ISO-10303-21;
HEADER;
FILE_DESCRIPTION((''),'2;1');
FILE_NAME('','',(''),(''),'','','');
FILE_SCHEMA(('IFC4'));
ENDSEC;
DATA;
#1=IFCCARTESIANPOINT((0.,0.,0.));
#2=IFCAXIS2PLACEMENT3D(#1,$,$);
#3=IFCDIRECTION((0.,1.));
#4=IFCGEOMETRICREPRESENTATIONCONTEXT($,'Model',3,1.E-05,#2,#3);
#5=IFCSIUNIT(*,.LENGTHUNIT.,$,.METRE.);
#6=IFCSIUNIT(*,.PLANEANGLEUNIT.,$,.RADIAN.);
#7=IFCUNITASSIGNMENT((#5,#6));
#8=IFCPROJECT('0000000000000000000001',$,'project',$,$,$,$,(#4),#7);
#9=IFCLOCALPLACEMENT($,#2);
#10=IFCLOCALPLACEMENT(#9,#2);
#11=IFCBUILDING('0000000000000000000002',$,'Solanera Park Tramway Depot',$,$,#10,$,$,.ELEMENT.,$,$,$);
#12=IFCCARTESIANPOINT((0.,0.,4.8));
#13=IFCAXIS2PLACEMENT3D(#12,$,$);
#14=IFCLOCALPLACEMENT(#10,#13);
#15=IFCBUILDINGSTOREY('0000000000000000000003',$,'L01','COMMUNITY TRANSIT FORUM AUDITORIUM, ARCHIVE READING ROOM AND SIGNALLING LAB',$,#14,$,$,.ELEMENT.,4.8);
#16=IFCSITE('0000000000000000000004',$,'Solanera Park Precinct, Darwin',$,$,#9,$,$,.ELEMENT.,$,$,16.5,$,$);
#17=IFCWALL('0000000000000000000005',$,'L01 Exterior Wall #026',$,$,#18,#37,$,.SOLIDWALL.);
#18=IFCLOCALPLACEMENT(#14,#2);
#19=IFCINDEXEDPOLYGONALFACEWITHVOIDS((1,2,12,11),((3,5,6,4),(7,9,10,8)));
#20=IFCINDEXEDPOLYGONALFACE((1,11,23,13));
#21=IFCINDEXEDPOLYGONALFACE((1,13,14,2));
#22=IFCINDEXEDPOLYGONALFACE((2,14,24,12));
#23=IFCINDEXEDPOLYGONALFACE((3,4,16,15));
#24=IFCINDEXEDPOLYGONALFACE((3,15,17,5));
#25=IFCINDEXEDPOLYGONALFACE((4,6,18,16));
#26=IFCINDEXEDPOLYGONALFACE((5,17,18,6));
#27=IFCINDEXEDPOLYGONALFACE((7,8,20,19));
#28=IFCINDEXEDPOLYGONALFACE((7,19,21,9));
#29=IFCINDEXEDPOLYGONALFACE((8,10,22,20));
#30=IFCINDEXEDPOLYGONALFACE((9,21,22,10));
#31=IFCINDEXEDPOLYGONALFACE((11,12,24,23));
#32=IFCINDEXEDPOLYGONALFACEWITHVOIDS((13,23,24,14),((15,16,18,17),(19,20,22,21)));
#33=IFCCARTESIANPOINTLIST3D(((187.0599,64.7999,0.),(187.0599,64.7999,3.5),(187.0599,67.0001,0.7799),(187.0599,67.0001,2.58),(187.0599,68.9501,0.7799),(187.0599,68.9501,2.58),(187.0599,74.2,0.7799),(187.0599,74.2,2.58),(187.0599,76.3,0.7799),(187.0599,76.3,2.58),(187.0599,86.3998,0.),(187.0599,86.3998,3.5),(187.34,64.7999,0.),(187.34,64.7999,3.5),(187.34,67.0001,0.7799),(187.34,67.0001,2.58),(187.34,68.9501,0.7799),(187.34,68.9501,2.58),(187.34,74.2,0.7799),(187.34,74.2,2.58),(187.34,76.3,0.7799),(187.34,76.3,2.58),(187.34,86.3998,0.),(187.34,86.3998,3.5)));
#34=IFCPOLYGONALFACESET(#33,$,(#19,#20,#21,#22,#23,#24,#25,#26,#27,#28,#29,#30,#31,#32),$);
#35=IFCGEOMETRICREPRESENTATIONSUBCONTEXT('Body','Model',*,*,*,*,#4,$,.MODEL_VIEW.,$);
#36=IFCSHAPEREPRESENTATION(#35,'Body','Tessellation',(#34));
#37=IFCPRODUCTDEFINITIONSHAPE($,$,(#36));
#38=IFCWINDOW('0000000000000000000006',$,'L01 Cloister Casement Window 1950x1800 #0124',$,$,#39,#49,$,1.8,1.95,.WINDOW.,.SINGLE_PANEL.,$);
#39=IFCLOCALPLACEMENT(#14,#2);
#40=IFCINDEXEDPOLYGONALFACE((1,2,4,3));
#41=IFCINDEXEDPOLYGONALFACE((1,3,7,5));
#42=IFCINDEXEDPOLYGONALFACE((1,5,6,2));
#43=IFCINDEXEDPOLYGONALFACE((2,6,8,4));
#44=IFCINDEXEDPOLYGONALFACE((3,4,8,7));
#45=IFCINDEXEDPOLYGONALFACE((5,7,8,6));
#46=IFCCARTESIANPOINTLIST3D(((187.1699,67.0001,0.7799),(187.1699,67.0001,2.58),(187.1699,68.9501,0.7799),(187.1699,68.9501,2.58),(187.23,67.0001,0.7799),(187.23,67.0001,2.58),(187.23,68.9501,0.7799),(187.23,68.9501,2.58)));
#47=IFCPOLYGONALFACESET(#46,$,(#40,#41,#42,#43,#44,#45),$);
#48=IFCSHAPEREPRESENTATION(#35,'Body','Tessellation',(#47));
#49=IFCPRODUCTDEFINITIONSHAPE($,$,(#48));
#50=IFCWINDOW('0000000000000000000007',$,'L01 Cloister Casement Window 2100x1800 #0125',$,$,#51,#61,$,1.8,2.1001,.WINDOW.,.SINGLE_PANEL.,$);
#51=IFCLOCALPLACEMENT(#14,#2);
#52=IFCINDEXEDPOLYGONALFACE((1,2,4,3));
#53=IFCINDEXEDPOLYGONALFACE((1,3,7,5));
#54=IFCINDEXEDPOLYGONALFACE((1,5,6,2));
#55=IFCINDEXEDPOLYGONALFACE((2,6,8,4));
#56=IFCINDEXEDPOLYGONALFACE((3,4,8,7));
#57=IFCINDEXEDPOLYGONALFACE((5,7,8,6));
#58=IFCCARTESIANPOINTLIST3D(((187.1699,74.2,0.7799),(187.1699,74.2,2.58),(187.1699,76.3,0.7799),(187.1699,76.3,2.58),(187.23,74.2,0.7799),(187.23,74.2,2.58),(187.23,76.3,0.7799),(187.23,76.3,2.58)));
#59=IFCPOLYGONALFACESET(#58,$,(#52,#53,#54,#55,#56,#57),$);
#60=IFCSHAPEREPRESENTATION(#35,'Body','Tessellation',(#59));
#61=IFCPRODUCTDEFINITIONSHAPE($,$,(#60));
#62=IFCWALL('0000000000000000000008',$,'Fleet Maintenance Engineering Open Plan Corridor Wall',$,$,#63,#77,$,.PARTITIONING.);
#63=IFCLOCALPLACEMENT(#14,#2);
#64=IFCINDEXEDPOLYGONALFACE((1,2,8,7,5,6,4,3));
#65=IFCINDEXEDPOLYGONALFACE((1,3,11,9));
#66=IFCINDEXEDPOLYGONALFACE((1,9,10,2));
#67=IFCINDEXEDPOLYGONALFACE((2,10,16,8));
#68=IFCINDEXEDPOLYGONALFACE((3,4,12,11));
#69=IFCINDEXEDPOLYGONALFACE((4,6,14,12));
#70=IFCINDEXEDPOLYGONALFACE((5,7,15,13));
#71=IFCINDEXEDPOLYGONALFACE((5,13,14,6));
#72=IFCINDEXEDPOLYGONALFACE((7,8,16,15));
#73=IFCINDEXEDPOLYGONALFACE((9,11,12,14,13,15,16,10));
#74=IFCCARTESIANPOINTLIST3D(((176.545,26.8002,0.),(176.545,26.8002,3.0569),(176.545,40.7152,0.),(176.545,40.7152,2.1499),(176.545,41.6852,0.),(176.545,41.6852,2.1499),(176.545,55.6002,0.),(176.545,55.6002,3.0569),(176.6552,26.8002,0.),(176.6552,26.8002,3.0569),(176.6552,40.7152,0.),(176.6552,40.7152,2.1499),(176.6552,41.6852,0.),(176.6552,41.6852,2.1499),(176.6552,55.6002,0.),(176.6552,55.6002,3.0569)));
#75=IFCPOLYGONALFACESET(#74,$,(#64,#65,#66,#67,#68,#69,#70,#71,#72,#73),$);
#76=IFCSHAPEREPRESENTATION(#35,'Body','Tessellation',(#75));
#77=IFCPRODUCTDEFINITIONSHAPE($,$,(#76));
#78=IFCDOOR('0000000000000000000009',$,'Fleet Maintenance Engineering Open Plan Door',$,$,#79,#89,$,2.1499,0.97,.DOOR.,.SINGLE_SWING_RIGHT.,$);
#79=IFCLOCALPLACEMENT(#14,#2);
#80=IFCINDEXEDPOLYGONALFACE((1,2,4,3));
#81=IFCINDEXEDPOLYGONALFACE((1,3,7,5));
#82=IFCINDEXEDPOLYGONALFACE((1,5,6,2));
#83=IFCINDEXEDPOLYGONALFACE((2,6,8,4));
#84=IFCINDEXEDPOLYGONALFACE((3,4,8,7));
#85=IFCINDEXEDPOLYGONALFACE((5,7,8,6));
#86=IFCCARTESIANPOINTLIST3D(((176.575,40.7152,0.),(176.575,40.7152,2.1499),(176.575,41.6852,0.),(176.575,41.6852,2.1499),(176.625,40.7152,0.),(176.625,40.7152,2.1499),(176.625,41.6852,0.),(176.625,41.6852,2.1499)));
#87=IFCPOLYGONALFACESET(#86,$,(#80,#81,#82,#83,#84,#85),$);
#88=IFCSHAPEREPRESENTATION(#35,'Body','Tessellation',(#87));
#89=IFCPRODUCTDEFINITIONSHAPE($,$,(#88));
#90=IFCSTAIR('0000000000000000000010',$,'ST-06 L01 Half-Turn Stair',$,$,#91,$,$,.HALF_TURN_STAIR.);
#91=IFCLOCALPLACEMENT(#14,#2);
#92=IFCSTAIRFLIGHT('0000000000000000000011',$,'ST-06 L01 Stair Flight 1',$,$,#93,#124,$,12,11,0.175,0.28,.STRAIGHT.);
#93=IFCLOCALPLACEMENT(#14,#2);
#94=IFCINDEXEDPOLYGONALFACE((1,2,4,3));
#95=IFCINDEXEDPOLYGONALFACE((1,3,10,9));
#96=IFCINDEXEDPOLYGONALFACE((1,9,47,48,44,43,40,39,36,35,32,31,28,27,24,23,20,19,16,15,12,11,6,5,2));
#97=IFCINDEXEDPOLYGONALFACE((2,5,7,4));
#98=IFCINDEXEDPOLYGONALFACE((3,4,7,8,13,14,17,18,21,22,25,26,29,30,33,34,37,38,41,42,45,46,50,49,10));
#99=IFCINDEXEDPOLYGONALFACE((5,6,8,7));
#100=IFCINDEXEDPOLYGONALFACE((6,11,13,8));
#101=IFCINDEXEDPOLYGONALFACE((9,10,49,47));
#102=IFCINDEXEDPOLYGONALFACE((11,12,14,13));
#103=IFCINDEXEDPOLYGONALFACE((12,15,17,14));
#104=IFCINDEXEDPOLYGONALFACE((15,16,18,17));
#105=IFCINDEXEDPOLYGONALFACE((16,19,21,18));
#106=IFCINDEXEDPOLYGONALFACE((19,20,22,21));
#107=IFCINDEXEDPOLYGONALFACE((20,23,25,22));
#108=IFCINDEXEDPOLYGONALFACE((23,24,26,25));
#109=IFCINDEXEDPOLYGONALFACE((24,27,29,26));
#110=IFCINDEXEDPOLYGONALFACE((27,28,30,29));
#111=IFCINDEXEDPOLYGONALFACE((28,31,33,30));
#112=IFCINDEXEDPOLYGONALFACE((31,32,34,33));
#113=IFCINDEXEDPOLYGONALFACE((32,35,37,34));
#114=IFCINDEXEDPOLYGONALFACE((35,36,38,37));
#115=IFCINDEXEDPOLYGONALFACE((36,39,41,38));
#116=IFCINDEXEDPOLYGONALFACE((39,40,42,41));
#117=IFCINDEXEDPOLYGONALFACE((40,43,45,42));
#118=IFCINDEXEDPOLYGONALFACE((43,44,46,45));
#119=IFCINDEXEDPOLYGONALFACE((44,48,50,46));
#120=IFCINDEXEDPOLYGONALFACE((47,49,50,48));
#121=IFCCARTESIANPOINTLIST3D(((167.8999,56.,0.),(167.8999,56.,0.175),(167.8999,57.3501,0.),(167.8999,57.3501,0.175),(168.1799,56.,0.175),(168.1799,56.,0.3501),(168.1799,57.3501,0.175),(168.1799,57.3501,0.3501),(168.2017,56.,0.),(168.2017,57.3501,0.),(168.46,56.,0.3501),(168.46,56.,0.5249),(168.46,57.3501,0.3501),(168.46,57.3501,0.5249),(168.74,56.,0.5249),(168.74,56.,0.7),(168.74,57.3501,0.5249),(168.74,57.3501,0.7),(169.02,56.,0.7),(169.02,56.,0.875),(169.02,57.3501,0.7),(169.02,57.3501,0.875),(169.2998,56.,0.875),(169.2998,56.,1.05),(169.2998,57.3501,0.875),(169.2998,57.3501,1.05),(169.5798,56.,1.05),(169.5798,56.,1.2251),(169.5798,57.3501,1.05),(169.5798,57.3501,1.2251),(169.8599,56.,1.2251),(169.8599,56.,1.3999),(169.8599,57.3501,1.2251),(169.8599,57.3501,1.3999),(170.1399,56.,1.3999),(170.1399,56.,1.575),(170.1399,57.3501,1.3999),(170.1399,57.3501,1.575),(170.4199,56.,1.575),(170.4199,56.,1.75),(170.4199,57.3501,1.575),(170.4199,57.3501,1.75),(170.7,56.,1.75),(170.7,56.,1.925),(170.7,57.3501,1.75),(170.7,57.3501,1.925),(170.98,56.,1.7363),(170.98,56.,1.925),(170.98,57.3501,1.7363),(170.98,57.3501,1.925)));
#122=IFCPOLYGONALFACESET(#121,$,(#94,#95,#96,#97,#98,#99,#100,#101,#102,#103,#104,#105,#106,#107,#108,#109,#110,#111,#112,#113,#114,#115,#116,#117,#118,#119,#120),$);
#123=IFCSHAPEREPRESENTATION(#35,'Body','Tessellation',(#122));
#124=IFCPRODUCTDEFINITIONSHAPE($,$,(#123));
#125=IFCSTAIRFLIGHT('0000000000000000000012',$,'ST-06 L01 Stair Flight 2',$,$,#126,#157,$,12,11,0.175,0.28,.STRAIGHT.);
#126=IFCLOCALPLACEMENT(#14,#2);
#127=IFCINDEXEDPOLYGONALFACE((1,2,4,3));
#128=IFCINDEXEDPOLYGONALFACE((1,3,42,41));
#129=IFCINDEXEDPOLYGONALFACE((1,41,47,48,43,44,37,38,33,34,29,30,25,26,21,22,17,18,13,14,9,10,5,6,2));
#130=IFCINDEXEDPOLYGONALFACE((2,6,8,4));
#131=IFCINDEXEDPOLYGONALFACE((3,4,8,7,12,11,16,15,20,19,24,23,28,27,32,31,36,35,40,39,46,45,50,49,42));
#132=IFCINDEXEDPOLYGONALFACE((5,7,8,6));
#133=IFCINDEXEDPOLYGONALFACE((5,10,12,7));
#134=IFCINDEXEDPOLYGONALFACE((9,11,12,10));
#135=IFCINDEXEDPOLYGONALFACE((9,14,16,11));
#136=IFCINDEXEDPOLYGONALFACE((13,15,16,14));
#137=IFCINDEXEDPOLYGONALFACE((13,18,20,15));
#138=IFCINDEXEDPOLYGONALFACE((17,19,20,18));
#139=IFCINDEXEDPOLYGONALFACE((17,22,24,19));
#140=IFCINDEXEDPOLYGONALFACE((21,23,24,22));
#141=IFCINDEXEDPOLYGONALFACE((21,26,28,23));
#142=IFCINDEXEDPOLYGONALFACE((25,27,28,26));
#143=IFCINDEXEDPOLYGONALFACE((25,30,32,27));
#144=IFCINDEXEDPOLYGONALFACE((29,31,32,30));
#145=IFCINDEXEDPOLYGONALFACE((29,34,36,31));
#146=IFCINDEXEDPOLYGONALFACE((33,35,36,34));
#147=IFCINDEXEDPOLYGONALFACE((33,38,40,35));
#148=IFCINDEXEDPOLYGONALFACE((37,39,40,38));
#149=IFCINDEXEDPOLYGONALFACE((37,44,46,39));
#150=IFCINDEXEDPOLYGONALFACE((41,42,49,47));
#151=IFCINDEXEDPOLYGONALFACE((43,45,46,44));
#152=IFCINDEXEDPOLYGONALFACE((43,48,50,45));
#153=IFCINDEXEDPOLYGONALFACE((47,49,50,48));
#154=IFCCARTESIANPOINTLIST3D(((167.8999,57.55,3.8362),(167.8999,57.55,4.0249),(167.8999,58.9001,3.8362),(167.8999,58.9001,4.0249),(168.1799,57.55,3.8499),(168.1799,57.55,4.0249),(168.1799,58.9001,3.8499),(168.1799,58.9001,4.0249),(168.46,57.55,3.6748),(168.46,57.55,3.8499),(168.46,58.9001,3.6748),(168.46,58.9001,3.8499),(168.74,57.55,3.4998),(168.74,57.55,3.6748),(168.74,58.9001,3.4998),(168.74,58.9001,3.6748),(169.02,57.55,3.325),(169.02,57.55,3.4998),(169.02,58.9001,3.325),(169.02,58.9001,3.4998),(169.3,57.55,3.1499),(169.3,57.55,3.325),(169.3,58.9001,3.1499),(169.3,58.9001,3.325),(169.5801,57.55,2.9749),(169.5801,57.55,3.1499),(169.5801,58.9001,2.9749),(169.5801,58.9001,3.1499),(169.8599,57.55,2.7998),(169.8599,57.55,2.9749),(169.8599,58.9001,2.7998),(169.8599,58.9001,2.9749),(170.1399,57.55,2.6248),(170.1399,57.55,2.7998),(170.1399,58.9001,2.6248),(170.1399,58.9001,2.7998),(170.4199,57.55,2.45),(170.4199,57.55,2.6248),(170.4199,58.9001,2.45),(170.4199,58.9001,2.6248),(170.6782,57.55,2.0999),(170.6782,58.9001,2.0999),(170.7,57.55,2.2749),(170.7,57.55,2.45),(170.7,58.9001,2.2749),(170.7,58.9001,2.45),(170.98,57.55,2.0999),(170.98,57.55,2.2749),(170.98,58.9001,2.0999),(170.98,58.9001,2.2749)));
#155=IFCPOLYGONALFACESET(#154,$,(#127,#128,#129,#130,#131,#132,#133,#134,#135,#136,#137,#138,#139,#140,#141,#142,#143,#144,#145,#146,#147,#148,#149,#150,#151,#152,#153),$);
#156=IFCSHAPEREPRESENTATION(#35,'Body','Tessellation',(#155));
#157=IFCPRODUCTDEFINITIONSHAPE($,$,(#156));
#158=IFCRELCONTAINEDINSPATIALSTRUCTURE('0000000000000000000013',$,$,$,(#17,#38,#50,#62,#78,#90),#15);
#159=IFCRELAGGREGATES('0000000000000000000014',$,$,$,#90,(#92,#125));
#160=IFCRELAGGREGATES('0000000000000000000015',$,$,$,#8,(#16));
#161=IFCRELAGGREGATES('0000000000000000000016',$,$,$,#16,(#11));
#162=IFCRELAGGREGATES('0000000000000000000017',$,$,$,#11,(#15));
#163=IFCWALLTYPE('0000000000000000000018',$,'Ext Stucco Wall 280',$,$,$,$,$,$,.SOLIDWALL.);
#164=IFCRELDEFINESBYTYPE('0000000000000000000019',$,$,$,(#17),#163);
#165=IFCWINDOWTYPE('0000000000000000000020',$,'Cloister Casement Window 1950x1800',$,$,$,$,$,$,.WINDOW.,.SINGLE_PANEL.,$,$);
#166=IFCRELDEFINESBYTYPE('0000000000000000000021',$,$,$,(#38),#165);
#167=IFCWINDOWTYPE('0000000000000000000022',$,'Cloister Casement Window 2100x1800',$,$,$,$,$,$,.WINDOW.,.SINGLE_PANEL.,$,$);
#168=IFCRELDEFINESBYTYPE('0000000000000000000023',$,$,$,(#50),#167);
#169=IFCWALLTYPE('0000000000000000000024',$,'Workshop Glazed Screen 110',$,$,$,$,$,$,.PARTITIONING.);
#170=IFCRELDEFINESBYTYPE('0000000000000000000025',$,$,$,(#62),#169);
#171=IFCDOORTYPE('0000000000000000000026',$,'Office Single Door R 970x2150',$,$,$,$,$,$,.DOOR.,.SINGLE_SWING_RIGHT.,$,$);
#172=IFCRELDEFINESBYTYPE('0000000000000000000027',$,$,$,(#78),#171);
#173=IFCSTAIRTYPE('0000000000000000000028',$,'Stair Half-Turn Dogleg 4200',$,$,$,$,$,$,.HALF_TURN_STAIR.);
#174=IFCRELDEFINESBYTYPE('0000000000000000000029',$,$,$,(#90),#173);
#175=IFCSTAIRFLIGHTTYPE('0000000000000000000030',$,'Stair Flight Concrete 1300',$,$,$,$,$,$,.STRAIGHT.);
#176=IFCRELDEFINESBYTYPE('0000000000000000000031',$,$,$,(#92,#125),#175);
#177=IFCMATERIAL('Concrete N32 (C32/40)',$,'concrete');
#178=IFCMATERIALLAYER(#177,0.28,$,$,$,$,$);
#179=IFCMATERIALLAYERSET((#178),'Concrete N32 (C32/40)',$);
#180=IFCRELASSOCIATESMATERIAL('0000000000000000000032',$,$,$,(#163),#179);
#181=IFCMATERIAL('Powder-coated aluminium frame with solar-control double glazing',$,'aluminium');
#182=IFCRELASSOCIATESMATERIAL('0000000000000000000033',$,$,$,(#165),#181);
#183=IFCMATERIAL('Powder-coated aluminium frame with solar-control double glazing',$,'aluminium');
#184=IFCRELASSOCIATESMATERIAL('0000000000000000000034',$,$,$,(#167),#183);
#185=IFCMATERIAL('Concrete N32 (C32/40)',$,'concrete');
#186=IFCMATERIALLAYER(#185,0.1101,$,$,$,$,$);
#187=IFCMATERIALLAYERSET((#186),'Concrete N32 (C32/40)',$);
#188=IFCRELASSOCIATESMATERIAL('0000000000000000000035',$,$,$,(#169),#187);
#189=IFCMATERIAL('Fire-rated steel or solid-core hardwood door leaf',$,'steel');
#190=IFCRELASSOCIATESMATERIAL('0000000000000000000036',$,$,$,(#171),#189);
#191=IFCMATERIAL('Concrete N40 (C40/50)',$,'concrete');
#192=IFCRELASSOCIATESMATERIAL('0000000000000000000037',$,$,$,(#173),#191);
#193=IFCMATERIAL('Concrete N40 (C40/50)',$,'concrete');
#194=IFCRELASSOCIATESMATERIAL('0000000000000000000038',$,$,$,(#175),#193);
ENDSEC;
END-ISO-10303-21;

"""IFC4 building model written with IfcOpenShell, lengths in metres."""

from ifc_helpers import new_model, si_unit, direction, frame, frame_2d, origin, place, context, subcontext, project, spatial, polyline, rectangle, outline, extrude, material, layer, layer_set, type_object, element, fill, aggregate, save


model = new_model("IFC4")

# Units and contexts
model_context = context("Model", 3, precision=1e-05, world=origin(), true_north=direction((0.0, 1.0)))
body_context = subcontext(model_context, "Body", "Model", "MODEL_VIEW")
ifc_project = project(units=[si_unit("LENGTHUNIT", "METRE"), si_unit("PLANEANGLEUNIT", "RADIAN")], contexts=[model_context])

# Site, building, storey
site_placement = place(None, origin())
site = spatial("IfcSite", under=ifc_project, at=site_placement, Name="Solanera Park Precinct, Darwin", CompositionType="ELEMENT", RefElevation=16.5)
building_placement = place(site_placement, origin())
building = spatial("IfcBuilding", under=site, at=building_placement, Name="Solanera Park Tramway Depot", CompositionType="ELEMENT")
storey_placement = place(building_placement, frame((0.0, 0.0, 4.8)))
storey = spatial("IfcBuildingStorey", under=building, at=storey_placement, Name="L01", Description="COMMUNITY TRANSIT FORUM AUDITORIUM, ARCHIVE READING ROOM AND SIGNALLING LAB", CompositionType="ELEMENT", Elevation=4.8)

# Wall, openings, windows
ifc_material_1 = material(Name="Concrete N32 (C32/40)", Category="concrete")
ifc_layer_1 = layer(ifc_material_1, 0.28)
ifc_layer_set_1 = layer_set([ifc_layer_1], Name="Concrete N32 (C32/40)")
wall_type_1 = type_object("IfcWallType", Name="Ext Stucco Wall 280", PredefinedType="SOLIDWALL", material=ifc_layer_set_1)
wall_1_placement = place(storey_placement, frame((187.2, 64.8, 0.0), z_axis=(0.0, 0.0, 1.0), x_axis=(0.0, 1.0, 0.0)))
wall_1 = element("IfcWall", 1, at=wall_1_placement, inside=storey, type_object=wall_type_1, Name="L01 Exterior Wall #026", PredefinedType="SOLIDWALL", context=body_context, shape_type="SweptSolid", body=[
    extrude(rectangle(XDim=21.5999, YDim=0.28, at=frame_2d((10.7998, 0.0))), origin(), (0.0, 0.0, 1.0), 3.5),
])
opening_1_placement = place(wall_1_placement, frame((2.2, 0.0, 0.78)))
opening_1 = element("IfcOpeningElement", 2, at=opening_1_placement, cuts=wall_1, PredefinedType="OPENING", context=body_context, shape_type="SweptSolid", body=[
    extrude(rectangle(XDim=1.95, YDim=1.8, at=frame_2d((0.9751, 0.8999))), frame((0.0, 0.1499, 0.0), z_axis=(0.0, -1.0, 0.0), x_axis=(1.0, 0.0, 0.0)), (0.0, 0.0, 1.0), 0.3),
])
opening_2_placement = place(wall_1_placement, frame((9.3999, 0.0, 0.78)))
opening_2 = element("IfcOpeningElement", 3, at=opening_2_placement, cuts=wall_1, PredefinedType="OPENING", context=body_context, shape_type="SweptSolid", body=[
    extrude(rectangle(XDim=2.1001, YDim=1.8, at=frame_2d((1.05, 0.8999))), frame((0.0, 0.1499, 0.0), z_axis=(0.0, -1.0, 0.0), x_axis=(1.0, 0.0, 0.0)), (0.0, 0.0, 1.0), 0.3),
])
ifc_material_2 = material(Name="Powder-coated aluminium frame with solar-control double glazing", Category="aluminium")
window_type_1 = type_object("IfcWindowType", Name="Cloister Casement Window 1950x1800", PartitioningType="SINGLE_PANEL", PredefinedType="WINDOW", material=ifc_material_2)
window_1_placement = place(opening_1_placement, origin())
window_1 = element("IfcWindow", 4, at=window_1_placement, inside=storey, type_object=window_type_1, Name="L01 Cloister Casement Window 1950x1800 #0124", OverallHeight=1.8, OverallWidth=1.95, PartitioningType="SINGLE_PANEL", PredefinedType="WINDOW", context=body_context, shape_type="SweptSolid", body=[
    extrude(rectangle(XDim=1.95, YDim=1.8, at=frame_2d((0.9751, 0.8999))), frame((0.0, 0.03, 0.0), z_axis=(0.0, -1.0, 0.0), x_axis=(1.0, 0.0, 0.0)), (0.0, 0.0, 1.0), 0.0601),
])
fill(opening_1, window_1)
ifc_material_3 = material(Name="Powder-coated aluminium frame with solar-control double glazing", Category="aluminium")
window_type_2 = type_object("IfcWindowType", Name="Cloister Casement Window 2100x1800", PartitioningType="SINGLE_PANEL", PredefinedType="WINDOW", material=ifc_material_3)
window_2_placement = place(opening_2_placement, origin())
window_2 = element("IfcWindow", 5, at=window_2_placement, inside=storey, type_object=window_type_2, Name="L01 Cloister Casement Window 2100x1800 #0125", OverallHeight=1.8, OverallWidth=2.1001, PartitioningType="SINGLE_PANEL", PredefinedType="WINDOW", context=body_context, shape_type="SweptSolid", body=[
    extrude(rectangle(XDim=2.1001, YDim=1.8, at=frame_2d((1.05, 0.8999))), frame((0.0, 0.03, 0.0), z_axis=(0.0, -1.0, 0.0), x_axis=(1.0, 0.0, 0.0)), (0.0, 0.0, 1.0), 0.0601),
])
fill(opening_2, window_2)

# Wall, opening, door
ifc_material_4 = material(Name="Concrete N32 (C32/40)", Category="concrete")
ifc_layer_2 = layer(ifc_material_4, 0.1101)
ifc_layer_set_2 = layer_set([ifc_layer_2], Name="Concrete N32 (C32/40)")
wall_type_2 = type_object("IfcWallType", Name="Workshop Glazed Screen 110", PredefinedType="PARTITIONING", material=ifc_layer_set_2)
wall_2_placement = place(storey_placement, frame((176.6001, 55.6001, 0.0), z_axis=(0.0, 0.0, 1.0), x_axis=(0.0, -1.0, 0.0)))
wall_2 = element("IfcWall", 6, at=wall_2_placement, inside=storey, type_object=wall_type_2, Name="Fleet Maintenance Engineering Open Plan Corridor Wall", PredefinedType="PARTITIONING", context=body_context, shape_type="SweptSolid", body=[
    extrude(rectangle(XDim=28.8, YDim=0.1101, at=frame_2d((14.3999, 0.0))), origin(), (0.0, 0.0, 1.0), 3.0569),
])
opening_3_placement = place(wall_2_placement, frame((13.915, 0.0, 0.0)))
opening_3 = element("IfcOpeningElement", 7, at=opening_3_placement, cuts=wall_2, PredefinedType="OPENING", context=body_context, shape_type="SweptSolid", body=[
    extrude(rectangle(XDim=0.97, YDim=2.1499, at=frame_2d((0.4849, 1.075))), frame((0.0, 0.0649, 0.0), z_axis=(0.0, -1.0, 0.0), x_axis=(1.0, 0.0, 0.0)), (0.0, 0.0, 1.0), 0.1301),
])
ifc_material_5 = material(Name="Fire-rated steel or solid-core hardwood door leaf", Category="steel")
door_type_1 = type_object("IfcDoorType", Name="Office Single Door R 970x2150", OperationType="SINGLE_SWING_RIGHT", PredefinedType="DOOR", material=ifc_material_5)
door_1_placement = place(opening_3_placement, origin())
door_1 = element("IfcDoor", 8, at=door_1_placement, inside=storey, type_object=door_type_1, Name="Fleet Maintenance Engineering Open Plan Door", OperationType="SINGLE_SWING_RIGHT", OverallHeight=2.1499, OverallWidth=0.97, PredefinedType="DOOR", context=body_context, shape_type="SweptSolid", body=[
    extrude(rectangle(XDim=0.97, YDim=2.1499, at=frame_2d((0.4849, 1.075))), frame((0.0, 0.0249, 0.0), z_axis=(0.0, -1.0, 0.0), x_axis=(1.0, 0.0, 0.0)), (0.0, 0.0, 1.0), 0.05),
])
fill(opening_3, door_1)

# Stair, stair flights
ifc_material_6 = material(Name="Concrete N40 (C40/50)", Category="concrete")
stair_type = type_object("IfcStairType", Name="Stair Half-Turn Dogleg 4200", PredefinedType="HALF_TURN_STAIR", material=ifc_material_6)
stair_placement = place(storey_placement, origin())
stair = element("IfcStair", 9, at=stair_placement, inside=storey, type_object=stair_type, Name="ST-06 L01 Half-Turn Stair", PredefinedType="HALF_TURN_STAIR")
ifc_material_7 = material(Name="Concrete N40 (C40/50)", Category="concrete")
stair_flight_type = type_object("IfcStairFlightType", Name="Stair Flight Concrete 1300", PredefinedType="STRAIGHT", material=ifc_material_7)
stair_flight_1_placement = place(storey_placement, frame((167.8999, 56.675, 0.0), z_axis=(0.0, 0.0, 1.0), x_axis=(1.0, 0.0, 0.0)))
stair_flight_1 = element("IfcStairFlight", 10, at=stair_flight_1_placement, type_object=stair_flight_type, Name="ST-06 L01 Stair Flight 1", NumberOfRisers=12, NumberOfTreads=11, PredefinedType="STRAIGHT", RiserHeight=0.175, TreadLength=0.28, context=body_context, shape_type="SweptSolid", body=[
    extrude(outline(polyline([(0.0, 0.0), (0.0, 0.175), (0.28, 0.175), (0.28, 0.3501), (0.5601, 0.3501), (0.5601, 0.5249), (0.8401, 0.5249), (0.8401, 0.7), (1.1201, 0.7), (1.1201, 0.875), (1.3999, 0.875), (1.3999, 1.05), (1.6799, 1.05), (1.6799, 1.2251), (1.96, 1.2251), (1.96, 1.3999), (2.24, 1.3999), (2.24, 1.575), (2.52, 1.575), (2.52, 1.75), (2.8, 1.75), (2.8, 1.925), (3.0801, 1.925), (3.0801, 2.1001), (3.0801, 1.7363), (0.3018, 0.0), (0.0, 0.0)])), frame((0.0, 0.675, 0.0), z_axis=(0.0, -1.0, 0.0), x_axis=(1.0, 0.0, 0.0)), (0.0, 0.0, 1.0), 1.3501),
])
stair_flight_2_placement = place(storey_placement, frame((170.98, 58.2251, 2.0999), z_axis=(0.0, 0.0, 1.0), x_axis=(-1.0, 0.0, 0.0)))
stair_flight_2 = element("IfcStairFlight", 11, at=stair_flight_2_placement, type_object=stair_flight_type, Name="ST-06 L01 Stair Flight 2", NumberOfRisers=12, NumberOfTreads=11, PredefinedType="STRAIGHT", RiserHeight=0.175, TreadLength=0.28, context=body_context, shape_type="SweptSolid", body=[
    extrude(outline(polyline([(0.0, 0.0), (0.0, 0.175), (0.28, 0.175), (0.28, 0.3501), (0.5601, 0.3501), (0.5601, 0.5249), (0.8401, 0.5249), (0.8401, 0.7), (1.1201, 0.7), (1.1201, 0.875), (1.3999, 0.875), (1.3999, 1.05), (1.6799, 1.05), (1.6799, 1.2251), (1.96, 1.2251), (1.96, 1.3999), (2.24, 1.3999), (2.24, 1.575), (2.52, 1.575), (2.52, 1.75), (2.8, 1.75), (2.8, 1.925), (3.0801, 1.925), (3.0801, 2.1001), (3.0801, 1.7363), (0.3018, 0.0), (0.0, 0.0)])), frame((0.0, 0.675, 0.0), z_axis=(0.0, -1.0, 0.0), x_axis=(1.0, 0.0, 0.0)), (0.0, 0.0, 1.0), 1.3501),
])
aggregate(stair, [stair_flight_1, stair_flight_2])

save(model, "model.ifc")
